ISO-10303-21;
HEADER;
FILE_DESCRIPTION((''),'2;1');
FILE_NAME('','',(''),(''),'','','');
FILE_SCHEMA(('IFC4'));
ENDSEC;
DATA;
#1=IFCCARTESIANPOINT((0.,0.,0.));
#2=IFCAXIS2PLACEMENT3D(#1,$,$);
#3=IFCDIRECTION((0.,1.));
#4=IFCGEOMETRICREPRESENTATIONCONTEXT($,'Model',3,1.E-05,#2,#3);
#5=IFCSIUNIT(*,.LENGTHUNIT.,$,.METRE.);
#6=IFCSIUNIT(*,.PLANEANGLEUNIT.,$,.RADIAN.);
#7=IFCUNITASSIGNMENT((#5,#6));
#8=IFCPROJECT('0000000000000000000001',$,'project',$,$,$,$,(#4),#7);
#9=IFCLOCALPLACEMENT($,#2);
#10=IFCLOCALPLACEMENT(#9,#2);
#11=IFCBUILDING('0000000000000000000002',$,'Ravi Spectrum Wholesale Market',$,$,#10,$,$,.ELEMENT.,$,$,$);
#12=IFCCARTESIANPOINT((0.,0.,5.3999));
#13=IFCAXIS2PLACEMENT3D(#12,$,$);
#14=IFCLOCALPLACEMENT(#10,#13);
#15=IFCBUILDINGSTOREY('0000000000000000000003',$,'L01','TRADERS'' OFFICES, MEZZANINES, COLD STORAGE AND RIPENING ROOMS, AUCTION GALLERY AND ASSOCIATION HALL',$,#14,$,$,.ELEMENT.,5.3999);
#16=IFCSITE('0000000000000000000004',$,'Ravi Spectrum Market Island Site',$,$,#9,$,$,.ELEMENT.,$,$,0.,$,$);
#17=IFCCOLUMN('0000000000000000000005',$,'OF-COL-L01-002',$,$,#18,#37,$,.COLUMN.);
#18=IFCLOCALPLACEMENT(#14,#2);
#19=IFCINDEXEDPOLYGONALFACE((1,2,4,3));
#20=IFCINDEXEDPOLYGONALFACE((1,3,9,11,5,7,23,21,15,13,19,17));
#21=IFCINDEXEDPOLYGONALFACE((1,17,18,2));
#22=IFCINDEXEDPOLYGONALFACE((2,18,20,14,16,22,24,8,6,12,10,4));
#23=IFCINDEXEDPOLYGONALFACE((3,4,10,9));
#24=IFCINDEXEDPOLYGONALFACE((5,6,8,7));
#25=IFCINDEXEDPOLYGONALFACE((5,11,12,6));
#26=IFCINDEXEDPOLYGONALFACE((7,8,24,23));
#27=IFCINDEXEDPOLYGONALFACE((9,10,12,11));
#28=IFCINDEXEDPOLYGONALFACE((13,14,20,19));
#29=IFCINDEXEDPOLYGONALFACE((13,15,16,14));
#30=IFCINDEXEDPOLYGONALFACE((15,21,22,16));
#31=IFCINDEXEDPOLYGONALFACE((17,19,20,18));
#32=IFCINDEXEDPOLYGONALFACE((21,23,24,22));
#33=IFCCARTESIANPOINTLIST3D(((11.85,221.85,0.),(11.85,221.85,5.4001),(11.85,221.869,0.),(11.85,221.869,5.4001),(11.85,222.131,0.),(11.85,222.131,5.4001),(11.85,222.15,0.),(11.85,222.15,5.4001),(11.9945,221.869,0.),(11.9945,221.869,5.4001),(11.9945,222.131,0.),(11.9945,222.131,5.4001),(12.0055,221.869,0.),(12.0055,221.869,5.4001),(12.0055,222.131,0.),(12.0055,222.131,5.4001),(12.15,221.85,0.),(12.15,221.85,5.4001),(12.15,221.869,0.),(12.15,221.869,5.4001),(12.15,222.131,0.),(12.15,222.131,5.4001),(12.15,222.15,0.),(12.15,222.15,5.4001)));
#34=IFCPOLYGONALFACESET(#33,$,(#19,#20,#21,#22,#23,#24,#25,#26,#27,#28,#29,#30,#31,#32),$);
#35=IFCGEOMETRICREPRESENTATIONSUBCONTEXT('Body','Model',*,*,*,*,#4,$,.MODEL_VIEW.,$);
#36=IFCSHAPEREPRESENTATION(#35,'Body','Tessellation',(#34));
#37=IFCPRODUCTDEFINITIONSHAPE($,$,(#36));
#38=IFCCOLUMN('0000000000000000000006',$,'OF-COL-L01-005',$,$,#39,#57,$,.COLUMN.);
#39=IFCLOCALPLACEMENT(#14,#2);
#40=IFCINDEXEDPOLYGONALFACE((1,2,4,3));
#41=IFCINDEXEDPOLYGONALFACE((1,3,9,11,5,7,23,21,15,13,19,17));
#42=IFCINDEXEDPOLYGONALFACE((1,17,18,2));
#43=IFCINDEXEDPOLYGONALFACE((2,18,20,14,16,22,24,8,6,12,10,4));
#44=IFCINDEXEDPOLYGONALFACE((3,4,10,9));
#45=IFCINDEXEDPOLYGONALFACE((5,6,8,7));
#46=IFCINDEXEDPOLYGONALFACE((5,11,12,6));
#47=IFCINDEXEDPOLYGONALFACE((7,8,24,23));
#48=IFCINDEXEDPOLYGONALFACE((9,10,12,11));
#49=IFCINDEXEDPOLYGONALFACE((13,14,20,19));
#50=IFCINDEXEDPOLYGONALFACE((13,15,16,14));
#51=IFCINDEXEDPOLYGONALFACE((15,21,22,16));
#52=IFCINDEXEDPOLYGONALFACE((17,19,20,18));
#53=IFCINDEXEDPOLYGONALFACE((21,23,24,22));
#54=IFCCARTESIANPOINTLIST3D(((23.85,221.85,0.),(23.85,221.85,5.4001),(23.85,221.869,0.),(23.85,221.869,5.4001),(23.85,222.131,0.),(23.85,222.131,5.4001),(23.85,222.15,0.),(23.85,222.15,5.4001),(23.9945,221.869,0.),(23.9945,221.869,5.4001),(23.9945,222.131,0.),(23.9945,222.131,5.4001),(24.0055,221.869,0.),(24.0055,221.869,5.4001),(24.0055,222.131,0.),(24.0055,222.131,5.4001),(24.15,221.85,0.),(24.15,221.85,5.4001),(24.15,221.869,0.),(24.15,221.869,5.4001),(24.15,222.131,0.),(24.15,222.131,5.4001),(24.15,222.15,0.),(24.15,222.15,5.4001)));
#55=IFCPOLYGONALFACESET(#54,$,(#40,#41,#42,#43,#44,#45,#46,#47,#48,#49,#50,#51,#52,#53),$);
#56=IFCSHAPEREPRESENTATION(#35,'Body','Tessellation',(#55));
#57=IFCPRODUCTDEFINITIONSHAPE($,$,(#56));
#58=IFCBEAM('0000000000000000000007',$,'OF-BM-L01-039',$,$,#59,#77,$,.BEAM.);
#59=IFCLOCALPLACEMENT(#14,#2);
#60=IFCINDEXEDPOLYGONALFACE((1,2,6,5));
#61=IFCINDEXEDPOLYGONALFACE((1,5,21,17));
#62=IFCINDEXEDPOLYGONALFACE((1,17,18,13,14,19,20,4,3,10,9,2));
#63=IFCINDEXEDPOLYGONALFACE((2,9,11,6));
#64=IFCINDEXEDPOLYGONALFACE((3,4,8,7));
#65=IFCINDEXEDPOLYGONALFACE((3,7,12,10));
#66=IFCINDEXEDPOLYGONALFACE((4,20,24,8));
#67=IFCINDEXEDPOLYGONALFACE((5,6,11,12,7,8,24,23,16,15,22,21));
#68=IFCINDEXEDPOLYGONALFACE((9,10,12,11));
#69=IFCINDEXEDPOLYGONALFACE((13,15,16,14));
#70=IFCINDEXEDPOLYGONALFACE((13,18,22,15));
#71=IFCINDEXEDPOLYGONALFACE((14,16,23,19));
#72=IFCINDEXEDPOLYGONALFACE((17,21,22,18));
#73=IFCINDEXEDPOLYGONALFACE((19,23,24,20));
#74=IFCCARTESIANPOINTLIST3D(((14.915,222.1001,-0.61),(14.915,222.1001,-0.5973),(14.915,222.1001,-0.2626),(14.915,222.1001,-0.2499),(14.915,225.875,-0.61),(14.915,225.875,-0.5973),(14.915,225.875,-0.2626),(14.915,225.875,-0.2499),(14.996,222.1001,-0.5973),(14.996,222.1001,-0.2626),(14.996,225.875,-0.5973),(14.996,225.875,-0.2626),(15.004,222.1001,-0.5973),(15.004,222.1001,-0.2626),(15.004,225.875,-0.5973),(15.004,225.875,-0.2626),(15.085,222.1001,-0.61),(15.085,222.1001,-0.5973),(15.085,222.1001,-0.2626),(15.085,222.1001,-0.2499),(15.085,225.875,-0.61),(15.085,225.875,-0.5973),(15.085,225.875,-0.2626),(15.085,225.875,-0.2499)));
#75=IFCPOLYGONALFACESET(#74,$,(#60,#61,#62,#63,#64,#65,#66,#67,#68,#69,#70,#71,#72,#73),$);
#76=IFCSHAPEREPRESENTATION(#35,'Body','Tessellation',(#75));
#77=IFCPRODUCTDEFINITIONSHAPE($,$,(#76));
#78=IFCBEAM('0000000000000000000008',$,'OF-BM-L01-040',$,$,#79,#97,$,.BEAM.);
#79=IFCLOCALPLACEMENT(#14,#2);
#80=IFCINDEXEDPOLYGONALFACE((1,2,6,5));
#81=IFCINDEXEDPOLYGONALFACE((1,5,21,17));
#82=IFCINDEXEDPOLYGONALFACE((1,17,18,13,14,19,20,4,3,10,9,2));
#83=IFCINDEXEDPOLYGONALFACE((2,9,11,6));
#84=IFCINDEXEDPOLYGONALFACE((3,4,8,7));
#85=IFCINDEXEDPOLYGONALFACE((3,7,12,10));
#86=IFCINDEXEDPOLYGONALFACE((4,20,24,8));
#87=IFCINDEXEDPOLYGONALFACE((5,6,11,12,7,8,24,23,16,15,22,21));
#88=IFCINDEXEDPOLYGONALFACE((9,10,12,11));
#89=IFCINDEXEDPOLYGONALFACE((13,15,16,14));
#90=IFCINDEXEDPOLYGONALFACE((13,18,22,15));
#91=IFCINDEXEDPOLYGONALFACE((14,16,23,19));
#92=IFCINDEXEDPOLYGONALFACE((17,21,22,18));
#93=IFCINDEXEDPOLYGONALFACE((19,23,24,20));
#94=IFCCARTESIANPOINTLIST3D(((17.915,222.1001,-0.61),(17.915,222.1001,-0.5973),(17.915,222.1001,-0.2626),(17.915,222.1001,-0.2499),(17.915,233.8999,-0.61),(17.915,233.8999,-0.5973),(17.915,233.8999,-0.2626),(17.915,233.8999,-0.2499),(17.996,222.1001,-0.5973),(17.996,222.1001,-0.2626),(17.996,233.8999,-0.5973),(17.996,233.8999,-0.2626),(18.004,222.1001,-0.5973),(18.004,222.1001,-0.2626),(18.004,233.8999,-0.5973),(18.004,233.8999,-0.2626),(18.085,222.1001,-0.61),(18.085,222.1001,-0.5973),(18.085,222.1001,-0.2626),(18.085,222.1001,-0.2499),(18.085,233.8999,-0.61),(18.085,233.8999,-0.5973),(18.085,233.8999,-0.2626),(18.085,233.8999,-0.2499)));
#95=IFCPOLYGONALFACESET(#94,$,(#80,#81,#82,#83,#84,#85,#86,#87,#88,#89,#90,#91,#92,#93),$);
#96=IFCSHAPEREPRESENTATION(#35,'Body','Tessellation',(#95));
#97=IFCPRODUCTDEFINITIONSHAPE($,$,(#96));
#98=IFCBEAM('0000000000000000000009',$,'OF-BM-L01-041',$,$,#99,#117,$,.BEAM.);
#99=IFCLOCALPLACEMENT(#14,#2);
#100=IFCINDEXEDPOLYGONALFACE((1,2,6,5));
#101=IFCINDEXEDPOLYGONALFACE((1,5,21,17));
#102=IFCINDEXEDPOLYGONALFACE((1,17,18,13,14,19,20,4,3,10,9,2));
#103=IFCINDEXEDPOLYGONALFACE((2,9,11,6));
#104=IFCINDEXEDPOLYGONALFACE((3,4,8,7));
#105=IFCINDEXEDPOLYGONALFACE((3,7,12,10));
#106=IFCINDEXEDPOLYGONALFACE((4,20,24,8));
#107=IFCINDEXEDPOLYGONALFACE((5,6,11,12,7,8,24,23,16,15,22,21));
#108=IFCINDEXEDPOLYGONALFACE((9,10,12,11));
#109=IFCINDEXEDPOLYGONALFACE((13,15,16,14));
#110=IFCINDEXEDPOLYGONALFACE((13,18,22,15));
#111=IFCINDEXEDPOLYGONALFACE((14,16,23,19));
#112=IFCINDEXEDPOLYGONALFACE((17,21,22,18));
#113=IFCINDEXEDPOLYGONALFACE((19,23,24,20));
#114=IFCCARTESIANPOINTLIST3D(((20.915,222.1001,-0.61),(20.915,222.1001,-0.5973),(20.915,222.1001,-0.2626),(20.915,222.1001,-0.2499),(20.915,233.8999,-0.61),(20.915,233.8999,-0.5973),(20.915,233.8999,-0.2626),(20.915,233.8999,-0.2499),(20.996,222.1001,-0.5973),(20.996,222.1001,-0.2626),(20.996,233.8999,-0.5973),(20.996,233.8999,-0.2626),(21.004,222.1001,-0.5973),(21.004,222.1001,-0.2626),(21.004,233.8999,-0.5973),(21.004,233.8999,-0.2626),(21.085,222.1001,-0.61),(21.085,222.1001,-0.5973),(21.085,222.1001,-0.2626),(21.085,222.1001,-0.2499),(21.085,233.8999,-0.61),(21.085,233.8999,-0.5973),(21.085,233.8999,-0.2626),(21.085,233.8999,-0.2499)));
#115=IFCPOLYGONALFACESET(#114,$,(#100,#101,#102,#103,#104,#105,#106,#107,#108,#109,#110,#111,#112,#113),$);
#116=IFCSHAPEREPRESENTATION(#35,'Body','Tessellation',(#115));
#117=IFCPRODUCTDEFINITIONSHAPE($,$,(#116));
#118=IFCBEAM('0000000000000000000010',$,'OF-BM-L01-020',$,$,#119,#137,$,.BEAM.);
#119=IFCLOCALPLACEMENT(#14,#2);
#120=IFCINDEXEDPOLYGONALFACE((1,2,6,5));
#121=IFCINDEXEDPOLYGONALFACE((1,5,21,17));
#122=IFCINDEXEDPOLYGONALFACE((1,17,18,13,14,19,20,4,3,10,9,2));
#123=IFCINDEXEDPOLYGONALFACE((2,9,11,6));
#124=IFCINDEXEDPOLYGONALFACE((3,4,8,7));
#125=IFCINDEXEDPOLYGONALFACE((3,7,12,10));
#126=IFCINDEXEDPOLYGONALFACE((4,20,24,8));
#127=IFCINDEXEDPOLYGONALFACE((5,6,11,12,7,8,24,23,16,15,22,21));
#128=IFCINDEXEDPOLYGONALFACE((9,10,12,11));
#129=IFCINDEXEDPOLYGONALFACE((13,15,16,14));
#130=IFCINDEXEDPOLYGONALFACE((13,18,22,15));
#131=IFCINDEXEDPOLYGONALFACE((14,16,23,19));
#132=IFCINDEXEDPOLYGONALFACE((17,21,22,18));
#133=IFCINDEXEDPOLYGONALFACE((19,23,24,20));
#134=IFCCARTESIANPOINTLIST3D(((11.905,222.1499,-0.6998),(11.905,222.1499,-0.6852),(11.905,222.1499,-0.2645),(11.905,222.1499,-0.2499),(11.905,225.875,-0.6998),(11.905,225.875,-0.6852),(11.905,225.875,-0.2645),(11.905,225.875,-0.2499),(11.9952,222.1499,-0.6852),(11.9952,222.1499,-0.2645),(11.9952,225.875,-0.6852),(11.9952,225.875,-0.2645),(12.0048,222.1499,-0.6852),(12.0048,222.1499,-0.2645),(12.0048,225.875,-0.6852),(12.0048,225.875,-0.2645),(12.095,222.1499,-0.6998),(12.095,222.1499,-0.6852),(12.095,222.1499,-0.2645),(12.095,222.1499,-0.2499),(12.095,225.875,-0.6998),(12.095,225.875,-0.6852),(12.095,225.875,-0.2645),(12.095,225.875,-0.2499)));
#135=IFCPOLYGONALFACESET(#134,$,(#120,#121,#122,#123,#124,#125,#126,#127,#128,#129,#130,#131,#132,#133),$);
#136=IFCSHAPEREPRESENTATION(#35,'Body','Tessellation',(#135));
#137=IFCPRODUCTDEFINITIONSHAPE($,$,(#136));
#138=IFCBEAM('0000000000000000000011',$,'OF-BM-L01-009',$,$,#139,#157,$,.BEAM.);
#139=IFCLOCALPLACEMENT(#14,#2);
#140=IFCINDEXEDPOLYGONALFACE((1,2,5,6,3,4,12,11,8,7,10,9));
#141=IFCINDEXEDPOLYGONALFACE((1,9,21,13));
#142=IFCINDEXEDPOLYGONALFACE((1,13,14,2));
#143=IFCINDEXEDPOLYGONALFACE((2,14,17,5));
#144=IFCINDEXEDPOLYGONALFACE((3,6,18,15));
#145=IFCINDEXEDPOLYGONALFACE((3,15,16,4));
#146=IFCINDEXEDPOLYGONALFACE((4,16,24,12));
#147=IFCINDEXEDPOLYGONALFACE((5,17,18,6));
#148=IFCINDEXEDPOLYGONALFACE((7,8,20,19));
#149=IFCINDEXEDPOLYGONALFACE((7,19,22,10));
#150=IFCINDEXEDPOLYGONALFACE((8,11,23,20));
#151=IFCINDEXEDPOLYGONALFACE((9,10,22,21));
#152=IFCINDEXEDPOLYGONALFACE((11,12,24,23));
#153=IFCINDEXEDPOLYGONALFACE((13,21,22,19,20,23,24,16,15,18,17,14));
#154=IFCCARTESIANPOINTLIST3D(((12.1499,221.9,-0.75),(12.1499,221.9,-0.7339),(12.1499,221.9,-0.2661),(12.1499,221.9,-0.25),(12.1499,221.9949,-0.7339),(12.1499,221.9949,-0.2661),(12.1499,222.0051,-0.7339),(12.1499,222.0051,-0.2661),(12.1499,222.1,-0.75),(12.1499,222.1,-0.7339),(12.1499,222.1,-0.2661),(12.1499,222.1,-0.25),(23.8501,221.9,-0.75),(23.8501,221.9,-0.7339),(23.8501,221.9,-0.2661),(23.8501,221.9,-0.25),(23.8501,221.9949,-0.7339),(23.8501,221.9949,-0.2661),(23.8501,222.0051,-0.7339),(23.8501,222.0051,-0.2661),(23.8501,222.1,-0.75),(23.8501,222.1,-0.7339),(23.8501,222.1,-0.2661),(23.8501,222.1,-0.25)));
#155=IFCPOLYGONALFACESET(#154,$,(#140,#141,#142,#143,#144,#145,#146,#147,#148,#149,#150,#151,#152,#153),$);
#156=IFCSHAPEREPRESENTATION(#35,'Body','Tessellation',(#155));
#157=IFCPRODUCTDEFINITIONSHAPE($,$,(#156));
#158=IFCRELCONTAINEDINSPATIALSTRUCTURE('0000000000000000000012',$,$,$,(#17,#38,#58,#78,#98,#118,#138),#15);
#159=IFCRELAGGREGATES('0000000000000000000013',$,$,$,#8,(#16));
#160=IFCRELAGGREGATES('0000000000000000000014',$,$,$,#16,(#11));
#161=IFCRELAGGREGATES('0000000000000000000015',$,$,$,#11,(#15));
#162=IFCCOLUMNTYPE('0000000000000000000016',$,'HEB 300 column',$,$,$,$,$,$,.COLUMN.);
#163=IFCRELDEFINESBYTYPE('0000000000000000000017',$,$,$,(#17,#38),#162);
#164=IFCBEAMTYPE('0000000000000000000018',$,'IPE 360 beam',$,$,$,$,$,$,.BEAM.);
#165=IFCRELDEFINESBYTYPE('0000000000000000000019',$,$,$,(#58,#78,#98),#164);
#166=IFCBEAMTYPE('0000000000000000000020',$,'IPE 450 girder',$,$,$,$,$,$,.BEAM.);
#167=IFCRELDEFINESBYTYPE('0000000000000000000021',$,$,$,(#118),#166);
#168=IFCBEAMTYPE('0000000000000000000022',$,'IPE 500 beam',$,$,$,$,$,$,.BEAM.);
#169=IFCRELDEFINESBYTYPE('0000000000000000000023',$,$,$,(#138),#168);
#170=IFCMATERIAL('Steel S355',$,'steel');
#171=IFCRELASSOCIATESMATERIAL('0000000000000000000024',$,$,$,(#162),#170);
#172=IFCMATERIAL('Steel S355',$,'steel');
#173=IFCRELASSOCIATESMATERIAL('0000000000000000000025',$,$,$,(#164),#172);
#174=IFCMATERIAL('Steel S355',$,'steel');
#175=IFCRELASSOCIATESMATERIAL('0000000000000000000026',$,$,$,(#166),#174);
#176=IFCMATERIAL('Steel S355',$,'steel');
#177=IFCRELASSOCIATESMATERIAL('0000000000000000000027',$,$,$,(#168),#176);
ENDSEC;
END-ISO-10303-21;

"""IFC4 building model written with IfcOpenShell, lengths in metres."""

from ifc_helpers import new_model, si_unit, direction, frame, origin, origin_2d, place, context, subcontext, project, spatial, i_section, extrude, material, material_profile, profile_set, type_object, element, save


model = new_model("IFC4")

# Units and contexts
model_context = context("Model", 3, precision=1e-05, world=origin(), true_north=direction((0.0, 1.0)))
body_context = subcontext(model_context, "Body", "Model", "MODEL_VIEW")
ifc_project = project(units=[si_unit("LENGTHUNIT", "METRE"), si_unit("PLANEANGLEUNIT", "RADIAN")], contexts=[model_context])

# Site, building, storey
site_placement = place(None, origin())
site = spatial("IfcSite", under=ifc_project, at=site_placement, Name="Ravi Spectrum Market Island Site", CompositionType="ELEMENT", RefElevation=0.0)
building_placement = place(site_placement, origin())
building = spatial("IfcBuilding", under=site, at=building_placement, Name="Ravi Spectrum Wholesale Market", CompositionType="ELEMENT")
storey_placement = place(building_placement, frame((0.0, 0.0, 5.3999)))
storey = spatial("IfcBuildingStorey", under=building, at=storey_placement, Name="L01", Description="TRADERS' OFFICES, MEZZANINES, COLD STORAGE AND RIPENING ROOMS, AUCTION GALLERY AND ASSOCIATION HALL", CompositionType="ELEMENT", Elevation=5.3999)

# Columns
ifc_material_1 = material(Name="Steel S355", Category="steel")
ifc_material_profile_1 = material_profile(ifc_material_1, i_section(OverallWidth=0.3, OverallDepth=0.3, WebThickness=0.011, FlangeThickness=0.019, at=origin_2d()))
ifc_profile_set_1 = profile_set([ifc_material_profile_1], Name="Steel S355")
column_type = type_object("IfcColumnType", Name="HEB 300 column", PredefinedType="COLUMN", material=ifc_profile_set_1)
for number, where, z_axis, x_axis, name in (
    (1, (12.0, 222.0, 0.0), (0.0, 0.0, 1.0), (1.0, 0.0, 0.0), "OF-COL-L01-002"),
    (2, (24.0, 222.0, 0.0), (0.0, 0.0, 1.0), (1.0, 0.0, 0.0), "OF-COL-L01-005"),
):
    element("IfcColumn", number, at=place(storey_placement, frame(where, z_axis=z_axis, x_axis=x_axis)), inside=storey, type_object=column_type, Name=name, PredefinedType="COLUMN", context=body_context, shape_type="SweptSolid", body=[
        extrude(i_section(OverallWidth=0.3, OverallDepth=0.3, WebThickness=0.011, FlangeThickness=0.019, at=origin_2d()), origin(), (0.0, 0.0, 1.0), 5.4001),
    ])

# Beams
ifc_material_2 = material(Name="Steel S355", Category="steel")
ifc_material_profile_2 = material_profile(ifc_material_2, i_section(OverallWidth=0.1699, OverallDepth=0.3601, WebThickness=0.0081, FlangeThickness=0.0127, at=origin_2d()))
ifc_profile_set_2 = profile_set([ifc_material_profile_2], Name="Steel S355")
beam_type_1 = type_object("IfcBeamType", Name="IPE 360 beam", PredefinedType="BEAM", material=ifc_profile_set_2)
beam_1_placement = place(storey_placement, frame((15.0, 222.1001, -0.4299), z_axis=(0.0, 1.0, 0.0), x_axis=(-1.0, 0.0, 0.0)))
element("IfcBeam", 3, at=beam_1_placement, inside=storey, type_object=beam_type_1, Name="OF-BM-L01-039", PredefinedType="BEAM", context=body_context, shape_type="SweptSolid", body=[
    extrude(i_section(OverallWidth=0.1699, OverallDepth=0.3601, WebThickness=0.0081, FlangeThickness=0.0127, at=origin_2d()), origin(), (0.0, 0.0, 1.0), 3.7749),
])
for number, where, z_axis, x_axis, name in (
    (4, (18.0, 222.1001, -0.4299), (0.0, 1.0, 0.0), (-1.0, 0.0, 0.0), "OF-BM-L01-040"),
    (5, (21.0, 222.1001, -0.4299), (0.0, 1.0, 0.0), (-1.0, 0.0, 0.0), "OF-BM-L01-041"),
):
    element("IfcBeam", number, at=place(storey_placement, frame(where, z_axis=z_axis, x_axis=x_axis)), inside=storey, type_object=beam_type_1, Name=name, PredefinedType="BEAM", context=body_context, shape_type="SweptSolid", body=[
        extrude(i_section(OverallWidth=0.1699, OverallDepth=0.3601, WebThickness=0.0081, FlangeThickness=0.0127, at=origin_2d()), origin(), (0.0, 0.0, 1.0), 11.7998),
    ])
ifc_material_3 = material(Name="Steel S355", Category="steel")
ifc_material_profile_3 = material_profile(ifc_material_3, i_section(OverallWidth=0.1899, OverallDepth=0.45, WebThickness=0.0095, FlangeThickness=0.0146, at=origin_2d()))
ifc_profile_set_3 = profile_set([ifc_material_profile_3], Name="Steel S355")
beam_type_2 = type_object("IfcBeamType", Name="IPE 450 girder", PredefinedType="BEAM", material=ifc_profile_set_3)
beam_2_placement = place(storey_placement, frame((12.0, 222.1499, -0.4749), z_axis=(0.0, 1.0, 0.0), x_axis=(-1.0, 0.0, 0.0)))
element("IfcBeam", 6, at=beam_2_placement, inside=storey, type_object=beam_type_2, Name="OF-BM-L01-020", PredefinedType="BEAM", context=body_context, shape_type="SweptSolid", body=[
    extrude(i_section(OverallWidth=0.1899, OverallDepth=0.45, WebThickness=0.0095, FlangeThickness=0.0146, at=origin_2d()), origin(), (0.0, 0.0, 1.0), 3.7251),
])
ifc_material_4 = material(Name="Steel S355", Category="steel")
ifc_material_profile_4 = material_profile(ifc_material_4, i_section(OverallWidth=0.2, OverallDepth=0.5, WebThickness=0.0103, FlangeThickness=0.0161, at=origin_2d()))
ifc_profile_set_4 = profile_set([ifc_material_profile_4], Name="Steel S355")
beam_type_3 = type_object("IfcBeamType", Name="IPE 500 beam", PredefinedType="BEAM", material=ifc_profile_set_4)
beam_3_placement = place(storey_placement, frame((12.1499, 222.0, -0.5), z_axis=(1.0, 0.0, 0.0), x_axis=(0.0, 1.0, 0.0)))
element("IfcBeam", 7, at=beam_3_placement, inside=storey, type_object=beam_type_3, Name="OF-BM-L01-009", PredefinedType="BEAM", context=body_context, shape_type="SweptSolid", body=[
    extrude(i_section(OverallWidth=0.2, OverallDepth=0.5, WebThickness=0.0103, FlangeThickness=0.0161, at=origin_2d()), origin(), (0.0, 0.0, 1.0), 11.7002),
])

save(model, "model.ifc")
